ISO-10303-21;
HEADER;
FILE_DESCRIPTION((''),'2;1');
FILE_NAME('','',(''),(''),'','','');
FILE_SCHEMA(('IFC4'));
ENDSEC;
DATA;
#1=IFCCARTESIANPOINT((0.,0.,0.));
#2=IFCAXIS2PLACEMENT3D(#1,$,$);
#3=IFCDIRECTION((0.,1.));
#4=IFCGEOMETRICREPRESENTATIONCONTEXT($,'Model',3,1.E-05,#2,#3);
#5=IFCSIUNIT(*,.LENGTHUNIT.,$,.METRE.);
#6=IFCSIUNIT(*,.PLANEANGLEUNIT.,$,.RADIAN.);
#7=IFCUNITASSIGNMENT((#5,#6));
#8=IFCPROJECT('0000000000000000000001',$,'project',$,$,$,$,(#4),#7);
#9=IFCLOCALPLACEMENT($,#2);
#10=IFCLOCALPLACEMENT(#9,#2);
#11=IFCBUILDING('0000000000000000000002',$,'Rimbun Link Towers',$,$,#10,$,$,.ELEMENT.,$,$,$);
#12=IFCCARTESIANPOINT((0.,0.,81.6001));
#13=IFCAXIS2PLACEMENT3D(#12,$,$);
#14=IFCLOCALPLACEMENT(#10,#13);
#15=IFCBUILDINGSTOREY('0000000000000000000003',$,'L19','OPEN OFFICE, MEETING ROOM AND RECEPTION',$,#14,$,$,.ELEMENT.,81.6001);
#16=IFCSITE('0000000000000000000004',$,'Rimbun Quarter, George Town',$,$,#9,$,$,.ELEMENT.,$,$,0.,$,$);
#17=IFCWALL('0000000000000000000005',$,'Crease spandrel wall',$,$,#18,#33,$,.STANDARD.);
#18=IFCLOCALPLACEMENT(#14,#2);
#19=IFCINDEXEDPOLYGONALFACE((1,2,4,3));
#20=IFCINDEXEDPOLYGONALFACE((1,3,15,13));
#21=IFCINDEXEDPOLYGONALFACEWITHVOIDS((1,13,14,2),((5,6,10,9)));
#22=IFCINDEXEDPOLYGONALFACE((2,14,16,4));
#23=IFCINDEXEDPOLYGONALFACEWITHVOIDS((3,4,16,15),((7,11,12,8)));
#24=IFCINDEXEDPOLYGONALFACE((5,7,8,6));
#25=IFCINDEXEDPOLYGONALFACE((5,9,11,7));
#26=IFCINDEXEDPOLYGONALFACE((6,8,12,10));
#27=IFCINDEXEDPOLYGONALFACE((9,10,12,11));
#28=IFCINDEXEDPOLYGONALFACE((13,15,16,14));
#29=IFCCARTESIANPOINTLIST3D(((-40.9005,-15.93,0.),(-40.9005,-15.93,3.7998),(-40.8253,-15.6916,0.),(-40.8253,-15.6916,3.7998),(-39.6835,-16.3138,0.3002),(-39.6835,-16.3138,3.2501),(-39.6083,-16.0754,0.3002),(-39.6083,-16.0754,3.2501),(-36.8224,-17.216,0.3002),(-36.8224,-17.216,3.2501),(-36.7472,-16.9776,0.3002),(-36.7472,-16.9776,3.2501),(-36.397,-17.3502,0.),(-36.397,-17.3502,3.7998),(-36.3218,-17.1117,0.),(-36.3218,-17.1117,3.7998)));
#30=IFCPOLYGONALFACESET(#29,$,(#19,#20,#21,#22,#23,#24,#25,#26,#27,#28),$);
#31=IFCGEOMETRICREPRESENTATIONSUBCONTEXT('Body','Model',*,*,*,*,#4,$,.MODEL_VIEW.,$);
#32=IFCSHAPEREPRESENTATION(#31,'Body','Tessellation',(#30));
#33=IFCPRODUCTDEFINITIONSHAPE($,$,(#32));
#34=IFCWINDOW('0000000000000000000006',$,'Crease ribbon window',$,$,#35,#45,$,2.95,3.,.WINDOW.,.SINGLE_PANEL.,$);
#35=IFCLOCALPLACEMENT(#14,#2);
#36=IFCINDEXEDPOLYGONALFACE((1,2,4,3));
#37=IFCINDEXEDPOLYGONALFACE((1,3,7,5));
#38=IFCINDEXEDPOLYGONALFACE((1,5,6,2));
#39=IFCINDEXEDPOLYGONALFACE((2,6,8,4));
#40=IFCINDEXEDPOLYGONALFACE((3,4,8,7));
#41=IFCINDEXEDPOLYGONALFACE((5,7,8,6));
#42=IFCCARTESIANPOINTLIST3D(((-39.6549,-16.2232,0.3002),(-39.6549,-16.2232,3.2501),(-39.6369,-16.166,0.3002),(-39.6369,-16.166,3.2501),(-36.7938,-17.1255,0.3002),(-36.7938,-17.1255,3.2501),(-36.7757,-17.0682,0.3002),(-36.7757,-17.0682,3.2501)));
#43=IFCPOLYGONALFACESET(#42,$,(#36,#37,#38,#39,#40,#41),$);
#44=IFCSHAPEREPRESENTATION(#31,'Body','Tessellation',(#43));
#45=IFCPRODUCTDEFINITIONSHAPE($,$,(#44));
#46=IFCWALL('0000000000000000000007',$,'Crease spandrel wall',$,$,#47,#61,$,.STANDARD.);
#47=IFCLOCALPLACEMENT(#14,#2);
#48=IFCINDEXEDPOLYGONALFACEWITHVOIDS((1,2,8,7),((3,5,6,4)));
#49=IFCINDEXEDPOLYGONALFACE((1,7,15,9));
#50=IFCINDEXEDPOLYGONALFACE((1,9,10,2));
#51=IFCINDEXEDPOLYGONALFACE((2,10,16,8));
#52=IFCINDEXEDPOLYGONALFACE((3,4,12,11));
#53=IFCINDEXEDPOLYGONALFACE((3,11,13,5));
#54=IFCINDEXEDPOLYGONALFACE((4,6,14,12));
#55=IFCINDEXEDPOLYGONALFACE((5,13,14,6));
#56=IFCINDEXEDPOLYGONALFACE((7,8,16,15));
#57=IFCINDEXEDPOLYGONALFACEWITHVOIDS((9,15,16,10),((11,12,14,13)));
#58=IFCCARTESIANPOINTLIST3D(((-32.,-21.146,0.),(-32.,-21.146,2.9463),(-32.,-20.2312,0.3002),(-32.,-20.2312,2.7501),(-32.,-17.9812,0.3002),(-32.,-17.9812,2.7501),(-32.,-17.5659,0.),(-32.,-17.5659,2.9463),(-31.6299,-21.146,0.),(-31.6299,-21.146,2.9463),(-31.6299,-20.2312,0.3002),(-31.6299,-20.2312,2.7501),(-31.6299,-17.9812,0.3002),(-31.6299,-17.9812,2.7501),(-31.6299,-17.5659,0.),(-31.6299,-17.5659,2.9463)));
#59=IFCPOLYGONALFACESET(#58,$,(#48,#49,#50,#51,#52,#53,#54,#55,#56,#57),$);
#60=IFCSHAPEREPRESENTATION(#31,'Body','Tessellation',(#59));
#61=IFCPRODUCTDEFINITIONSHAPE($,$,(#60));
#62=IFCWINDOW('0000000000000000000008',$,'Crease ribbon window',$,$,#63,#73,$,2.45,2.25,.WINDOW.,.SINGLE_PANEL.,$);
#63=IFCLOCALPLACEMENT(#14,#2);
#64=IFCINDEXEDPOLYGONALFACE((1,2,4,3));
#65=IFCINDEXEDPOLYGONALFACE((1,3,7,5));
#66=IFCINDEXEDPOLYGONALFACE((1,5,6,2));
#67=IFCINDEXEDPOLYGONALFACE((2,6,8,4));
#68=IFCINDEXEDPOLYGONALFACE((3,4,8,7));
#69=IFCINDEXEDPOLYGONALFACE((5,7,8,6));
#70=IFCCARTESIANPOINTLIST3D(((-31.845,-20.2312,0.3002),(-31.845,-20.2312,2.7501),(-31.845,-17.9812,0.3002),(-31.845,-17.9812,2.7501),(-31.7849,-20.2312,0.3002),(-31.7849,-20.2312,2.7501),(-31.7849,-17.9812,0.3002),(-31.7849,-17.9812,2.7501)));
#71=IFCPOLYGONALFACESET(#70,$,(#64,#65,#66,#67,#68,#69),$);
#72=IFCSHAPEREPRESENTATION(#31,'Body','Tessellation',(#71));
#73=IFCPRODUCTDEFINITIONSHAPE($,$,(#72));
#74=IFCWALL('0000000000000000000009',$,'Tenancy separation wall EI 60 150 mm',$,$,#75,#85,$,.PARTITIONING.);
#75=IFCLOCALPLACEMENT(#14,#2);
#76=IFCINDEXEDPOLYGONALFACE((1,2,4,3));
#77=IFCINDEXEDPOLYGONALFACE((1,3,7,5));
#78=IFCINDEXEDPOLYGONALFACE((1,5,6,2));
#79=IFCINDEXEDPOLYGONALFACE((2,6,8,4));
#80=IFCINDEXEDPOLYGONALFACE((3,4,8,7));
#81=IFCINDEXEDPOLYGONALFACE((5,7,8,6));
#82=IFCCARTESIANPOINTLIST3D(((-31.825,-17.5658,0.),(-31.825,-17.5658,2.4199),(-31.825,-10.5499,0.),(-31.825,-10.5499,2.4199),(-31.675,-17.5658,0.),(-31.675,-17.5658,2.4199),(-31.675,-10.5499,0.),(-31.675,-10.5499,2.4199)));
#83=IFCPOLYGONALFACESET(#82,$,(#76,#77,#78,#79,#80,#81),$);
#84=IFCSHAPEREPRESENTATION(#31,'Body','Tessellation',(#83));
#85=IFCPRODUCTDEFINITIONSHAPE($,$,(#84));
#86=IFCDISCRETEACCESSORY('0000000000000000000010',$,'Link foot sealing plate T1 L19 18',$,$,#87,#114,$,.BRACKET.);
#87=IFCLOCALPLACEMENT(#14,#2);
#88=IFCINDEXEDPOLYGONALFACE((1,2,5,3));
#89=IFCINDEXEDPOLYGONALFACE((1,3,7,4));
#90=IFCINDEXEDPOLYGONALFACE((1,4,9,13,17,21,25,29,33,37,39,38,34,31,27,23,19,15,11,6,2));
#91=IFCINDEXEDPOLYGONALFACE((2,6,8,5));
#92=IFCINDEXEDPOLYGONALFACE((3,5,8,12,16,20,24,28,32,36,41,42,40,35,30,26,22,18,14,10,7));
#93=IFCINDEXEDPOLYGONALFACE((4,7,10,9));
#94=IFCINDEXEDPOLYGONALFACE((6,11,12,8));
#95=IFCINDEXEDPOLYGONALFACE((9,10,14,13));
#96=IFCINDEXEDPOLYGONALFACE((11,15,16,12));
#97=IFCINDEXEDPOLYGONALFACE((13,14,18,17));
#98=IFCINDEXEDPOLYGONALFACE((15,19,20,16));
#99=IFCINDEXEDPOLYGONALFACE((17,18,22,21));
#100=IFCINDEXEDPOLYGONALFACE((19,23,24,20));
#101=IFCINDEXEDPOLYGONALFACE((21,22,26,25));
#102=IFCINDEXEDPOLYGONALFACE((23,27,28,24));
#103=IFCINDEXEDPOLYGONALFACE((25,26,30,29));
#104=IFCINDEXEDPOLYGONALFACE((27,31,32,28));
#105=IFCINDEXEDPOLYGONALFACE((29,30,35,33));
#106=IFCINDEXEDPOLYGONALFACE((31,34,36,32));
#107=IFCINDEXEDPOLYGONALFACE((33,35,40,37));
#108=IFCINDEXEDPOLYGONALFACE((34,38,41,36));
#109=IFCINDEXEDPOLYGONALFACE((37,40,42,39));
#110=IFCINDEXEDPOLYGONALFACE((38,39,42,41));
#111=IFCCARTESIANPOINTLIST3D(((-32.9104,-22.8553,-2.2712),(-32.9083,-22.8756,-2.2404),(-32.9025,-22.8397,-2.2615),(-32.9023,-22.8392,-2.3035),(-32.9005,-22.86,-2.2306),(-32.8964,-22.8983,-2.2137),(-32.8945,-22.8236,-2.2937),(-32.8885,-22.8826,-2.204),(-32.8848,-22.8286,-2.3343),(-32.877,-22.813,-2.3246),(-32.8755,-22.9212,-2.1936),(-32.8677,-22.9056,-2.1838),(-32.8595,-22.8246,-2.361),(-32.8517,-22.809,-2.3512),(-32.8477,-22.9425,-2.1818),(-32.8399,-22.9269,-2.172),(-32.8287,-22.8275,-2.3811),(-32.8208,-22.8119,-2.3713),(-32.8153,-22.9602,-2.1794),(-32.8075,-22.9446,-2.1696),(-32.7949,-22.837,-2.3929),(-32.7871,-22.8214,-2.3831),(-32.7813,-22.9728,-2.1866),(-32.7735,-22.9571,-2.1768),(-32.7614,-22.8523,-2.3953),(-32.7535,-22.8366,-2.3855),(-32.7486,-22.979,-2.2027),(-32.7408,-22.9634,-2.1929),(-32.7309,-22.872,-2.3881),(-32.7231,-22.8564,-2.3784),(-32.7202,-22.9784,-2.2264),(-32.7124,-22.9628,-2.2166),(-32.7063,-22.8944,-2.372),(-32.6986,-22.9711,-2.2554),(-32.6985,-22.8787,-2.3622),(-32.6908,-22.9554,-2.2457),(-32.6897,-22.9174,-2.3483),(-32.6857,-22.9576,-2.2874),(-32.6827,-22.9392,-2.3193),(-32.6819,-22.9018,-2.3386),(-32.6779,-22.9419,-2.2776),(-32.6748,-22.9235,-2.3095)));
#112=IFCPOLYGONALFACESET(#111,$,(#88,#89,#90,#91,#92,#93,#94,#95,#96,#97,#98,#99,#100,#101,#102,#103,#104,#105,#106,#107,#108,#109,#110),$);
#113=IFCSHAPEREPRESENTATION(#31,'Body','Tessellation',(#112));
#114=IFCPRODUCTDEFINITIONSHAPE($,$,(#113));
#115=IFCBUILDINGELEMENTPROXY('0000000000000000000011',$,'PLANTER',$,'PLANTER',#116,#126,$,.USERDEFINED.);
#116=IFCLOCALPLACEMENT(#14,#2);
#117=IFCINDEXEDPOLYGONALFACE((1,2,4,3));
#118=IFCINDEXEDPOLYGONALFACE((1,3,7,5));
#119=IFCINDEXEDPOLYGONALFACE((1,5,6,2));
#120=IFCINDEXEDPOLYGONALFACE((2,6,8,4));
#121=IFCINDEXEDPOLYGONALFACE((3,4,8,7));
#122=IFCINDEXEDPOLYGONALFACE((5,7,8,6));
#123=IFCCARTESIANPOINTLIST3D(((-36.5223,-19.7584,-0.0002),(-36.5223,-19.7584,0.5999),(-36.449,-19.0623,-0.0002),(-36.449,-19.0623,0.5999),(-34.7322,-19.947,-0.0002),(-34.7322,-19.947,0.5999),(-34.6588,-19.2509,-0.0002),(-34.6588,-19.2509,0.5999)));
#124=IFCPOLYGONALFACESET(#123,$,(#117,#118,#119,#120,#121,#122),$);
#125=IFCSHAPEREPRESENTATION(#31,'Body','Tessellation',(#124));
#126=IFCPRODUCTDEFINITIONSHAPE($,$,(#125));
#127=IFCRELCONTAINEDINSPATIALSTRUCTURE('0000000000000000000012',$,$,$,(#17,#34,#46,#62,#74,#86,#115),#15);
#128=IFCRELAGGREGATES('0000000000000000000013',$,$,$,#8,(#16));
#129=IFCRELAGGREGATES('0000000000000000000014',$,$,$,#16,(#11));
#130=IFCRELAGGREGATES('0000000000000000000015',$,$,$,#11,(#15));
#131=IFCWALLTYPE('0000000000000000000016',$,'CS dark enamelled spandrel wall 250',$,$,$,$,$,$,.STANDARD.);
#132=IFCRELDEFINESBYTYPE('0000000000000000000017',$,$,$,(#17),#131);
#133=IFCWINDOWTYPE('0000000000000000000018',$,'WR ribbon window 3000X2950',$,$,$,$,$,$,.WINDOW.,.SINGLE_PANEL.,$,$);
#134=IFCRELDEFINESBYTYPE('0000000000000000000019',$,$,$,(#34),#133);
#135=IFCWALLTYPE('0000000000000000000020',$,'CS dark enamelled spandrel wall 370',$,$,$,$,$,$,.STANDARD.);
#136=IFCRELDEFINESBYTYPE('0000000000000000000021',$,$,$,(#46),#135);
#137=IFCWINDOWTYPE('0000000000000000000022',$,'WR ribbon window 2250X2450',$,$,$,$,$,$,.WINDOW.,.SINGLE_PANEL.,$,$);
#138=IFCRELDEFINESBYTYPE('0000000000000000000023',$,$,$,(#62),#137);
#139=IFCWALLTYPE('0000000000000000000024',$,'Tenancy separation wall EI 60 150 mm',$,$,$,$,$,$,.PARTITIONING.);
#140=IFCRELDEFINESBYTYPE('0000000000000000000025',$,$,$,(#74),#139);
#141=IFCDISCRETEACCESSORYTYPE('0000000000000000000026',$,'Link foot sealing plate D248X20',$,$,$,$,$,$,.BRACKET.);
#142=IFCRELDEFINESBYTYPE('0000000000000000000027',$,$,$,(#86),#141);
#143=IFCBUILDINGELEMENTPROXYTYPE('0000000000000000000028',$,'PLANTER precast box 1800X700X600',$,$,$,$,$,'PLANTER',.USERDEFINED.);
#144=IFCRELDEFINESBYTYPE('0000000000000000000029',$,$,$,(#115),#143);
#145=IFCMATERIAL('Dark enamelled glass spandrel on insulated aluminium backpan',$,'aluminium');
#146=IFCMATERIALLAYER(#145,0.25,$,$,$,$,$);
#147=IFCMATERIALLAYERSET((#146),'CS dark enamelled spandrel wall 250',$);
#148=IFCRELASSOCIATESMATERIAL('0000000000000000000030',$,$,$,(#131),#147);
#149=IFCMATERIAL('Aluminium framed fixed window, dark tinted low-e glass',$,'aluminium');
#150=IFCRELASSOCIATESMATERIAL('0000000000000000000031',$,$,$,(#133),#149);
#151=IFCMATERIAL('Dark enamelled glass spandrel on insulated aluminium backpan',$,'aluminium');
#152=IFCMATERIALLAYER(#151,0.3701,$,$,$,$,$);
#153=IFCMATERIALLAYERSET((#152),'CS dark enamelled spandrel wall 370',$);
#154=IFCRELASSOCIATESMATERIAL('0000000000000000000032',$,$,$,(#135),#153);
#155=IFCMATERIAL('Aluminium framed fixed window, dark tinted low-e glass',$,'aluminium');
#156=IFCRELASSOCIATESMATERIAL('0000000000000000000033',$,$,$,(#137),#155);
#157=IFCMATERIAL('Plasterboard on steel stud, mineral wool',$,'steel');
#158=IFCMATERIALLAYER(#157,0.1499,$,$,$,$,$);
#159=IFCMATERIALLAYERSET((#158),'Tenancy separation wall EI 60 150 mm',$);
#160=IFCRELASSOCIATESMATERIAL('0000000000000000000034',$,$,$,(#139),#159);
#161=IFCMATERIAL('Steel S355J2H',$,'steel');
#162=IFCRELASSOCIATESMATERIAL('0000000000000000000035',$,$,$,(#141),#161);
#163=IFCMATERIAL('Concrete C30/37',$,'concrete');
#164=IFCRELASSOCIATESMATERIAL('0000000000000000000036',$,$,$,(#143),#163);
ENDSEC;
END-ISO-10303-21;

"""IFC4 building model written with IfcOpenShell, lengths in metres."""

from ifc_helpers import new_model, si_unit, direction, frame, frame_2d, origin, origin_2d, place, context, subcontext, project, spatial, rectangle, circle, extrude, material, layer, layer_set, material_profile, profile_set, type_object, element, fill, save


model = new_model("IFC4")

# Units and contexts
model_context = context("Model", 3, precision=1e-05, world=origin(), true_north=direction((0.0, 1.0)))
body_context = subcontext(model_context, "Body", "Model", "MODEL_VIEW")
ifc_project = project(units=[si_unit("LENGTHUNIT", "METRE"), si_unit("PLANEANGLEUNIT", "RADIAN")], contexts=[model_context])

# Site, building, storey
site_placement = place(None, origin())
site = spatial("IfcSite", under=ifc_project, at=site_placement, Name="Rimbun Quarter, George Town", CompositionType="ELEMENT", RefElevation=0.0)
building_placement = place(site_placement, origin())
building = spatial("IfcBuilding", under=site, at=building_placement, Name="Rimbun Link Towers", CompositionType="ELEMENT")
storey_placement = place(building_placement, frame((0.0, 0.0, 81.6001)))
storey = spatial("IfcBuildingStorey", under=building, at=storey_placement, Name="L19", Description="OPEN OFFICE, MEETING ROOM AND RECEPTION", CompositionType="ELEMENT", Elevation=81.6001)

# Wall, opening, window
ifc_material_1 = material(Name="Dark enamelled glass spandrel on insulated aluminium backpan", Category="aluminium")
ifc_layer_1 = layer(ifc_material_1, 0.25)
ifc_layer_set_1 = layer_set([ifc_layer_1], Name="CS dark enamelled spandrel wall 250")
wall_type_1 = type_object("IfcWallType", Name="CS dark enamelled spandrel wall 250", PredefinedType="STANDARD", material=ifc_layer_set_1)
wall_1_placement = place(storey_placement, frame((-36.3594, -17.231, 0.0), z_axis=(0.0, 0.0, 1.0), x_axis=(-0.953707, 0.300738, 0.0)))
wall_1 = element("IfcWall", 1, at=wall_1_placement, inside=storey, type_object=wall_type_1, Name="Crease spandrel wall", PredefinedType="STANDARD", context=body_context, shape_type="SweptSolid", body=[
    extrude(rectangle(XDim=4.7222, YDim=0.25, at=frame_2d((2.3611, 0.0))), origin(), (0.0, 0.0, 1.0), 3.7998),
])
opening_1_placement = place(wall_1_placement, frame((0.446, 0.0, 0.3)))
opening_1 = element("IfcOpeningElement", 2, at=opening_1_placement, cuts=wall_1, PredefinedType="OPENING", context=body_context, shape_type="SweptSolid", body=[
    extrude(rectangle(XDim=3.0, YDim=2.95, at=frame_2d((1.5, 1.4751))), frame((0.0, 0.135, 0.0), z_axis=(0.0, -1.0, 0.0), x_axis=(1.0, 0.0, 0.0)), (0.0, 0.0, 1.0), 0.27),
])
ifc_material_2 = material(Name="Aluminium framed fixed window, dark tinted low-e glass", Category="aluminium")
window_type_1 = type_object("IfcWindowType", Name="WR ribbon window 3000X2950", PartitioningType="SINGLE_PANEL", PredefinedType="WINDOW", material=ifc_material_2)
window_1_placement = place(opening_1_placement, origin())
window_1 = element("IfcWindow", 3, at=window_1_placement, inside=storey, type_object=window_type_1, Name="Crease ribbon window", OverallHeight=2.95, OverallWidth=3.0, PartitioningType="SINGLE_PANEL", PredefinedType="WINDOW", context=body_context, shape_type="SweptSolid", body=[
    extrude(rectangle(XDim=3.0, YDim=2.95, at=frame_2d((1.5, 1.4751))), frame((0.0, 0.03, 0.0), z_axis=(0.0, -1.0, 0.0), x_axis=(1.0, 0.0, 0.0)), (0.0, 0.0, 1.0), 0.0601),
])
fill(opening_1, window_1)

# Wall, opening, window
ifc_material_3 = material(Name="Dark enamelled glass spandrel on insulated aluminium backpan", Category="aluminium")
ifc_layer_2 = layer(ifc_material_3, 0.3701)
ifc_layer_set_2 = layer_set([ifc_layer_2], Name="CS dark enamelled spandrel wall 370")
wall_type_2 = type_object("IfcWallType", Name="CS dark enamelled spandrel wall 370", PredefinedType="STANDARD", material=ifc_layer_set_2)
wall_2_placement = place(storey_placement, frame((-31.8149, -21.146, 0.0), z_axis=(0.0, 0.0, 1.0), x_axis=(0.0, 1.0, 0.0)))
wall_2 = element("IfcWall", 4, at=wall_2_placement, inside=storey, type_object=wall_type_2, Name="Crease spandrel wall", PredefinedType="STANDARD", context=body_context, shape_type="SweptSolid", body=[
    extrude(rectangle(XDim=3.5801, YDim=0.3701, at=frame_2d((1.79, 0.0))), origin(), (0.0, 0.0, 1.0), 2.9463),
])
opening_2_placement = place(wall_2_placement, frame((0.9148, 0.0, 0.3)))
opening_2 = element("IfcOpeningElement", 5, at=opening_2_placement, cuts=wall_2, PredefinedType="OPENING", context=body_context, shape_type="SweptSolid", body=[
    extrude(rectangle(XDim=2.25, YDim=2.45, at=frame_2d((1.125, 1.2251))), frame((0.0, 0.1951, 0.0), z_axis=(0.0, -1.0, 0.0), x_axis=(1.0, 0.0, 0.0)), (0.0, 0.0, 1.0), 0.3901),
])
ifc_material_4 = material(Name="Aluminium framed fixed window, dark tinted low-e glass", Category="aluminium")
window_type_2 = type_object("IfcWindowType", Name="WR ribbon window 2250X2450", PartitioningType="SINGLE_PANEL", PredefinedType="WINDOW", material=ifc_material_4)
window_2_placement = place(opening_2_placement, origin())
window_2 = element("IfcWindow", 6, at=window_2_placement, inside=storey, type_object=window_type_2, Name="Crease ribbon window", OverallHeight=2.45, OverallWidth=2.25, PartitioningType="SINGLE_PANEL", PredefinedType="WINDOW", context=body_context, shape_type="SweptSolid", body=[
    extrude(rectangle(XDim=2.25, YDim=2.45, at=frame_2d((1.125, 1.2251))), frame((0.0, 0.03, 0.0), z_axis=(0.0, -1.0, 0.0), x_axis=(1.0, 0.0, 0.0)), (0.0, 0.0, 1.0), 0.0601),
])
fill(opening_2, window_2)

# Wall
ifc_material_5 = material(Name="Plasterboard on steel stud, mineral wool", Category="steel")
ifc_layer_3 = layer(ifc_material_5, 0.1499)
ifc_layer_set_3 = layer_set([ifc_layer_3], Name="Tenancy separation wall EI 60 150 mm")
wall_type_3 = type_object("IfcWallType", Name="Tenancy separation wall EI 60 150 mm", PredefinedType="PARTITIONING", material=ifc_layer_set_3)
wall_3_placement = place(storey_placement, frame((-31.75, -10.55, 0.0), z_axis=(0.0, 0.0, 1.0), x_axis=(0.0, -1.0, 0.0)))
element("IfcWall", 7, at=wall_3_placement, inside=storey, type_object=wall_type_3, Name="Tenancy separation wall EI 60 150 mm", PredefinedType="PARTITIONING", context=body_context, shape_type="SweptSolid", body=[
    extrude(rectangle(XDim=7.0159, YDim=0.1499, at=frame_2d((3.5078, 0.0))), origin(), (0.0, 0.0, 1.0), 2.4199),
])

# Discrete accessory
ifc_material_6 = material(Name="Steel S355J2H", Category="steel")
ifc_material_profile_1 = material_profile(ifc_material_6, circle(Radius=0.124, at=origin_2d()), Name="PL D248")
ifc_profile_set_1 = profile_set([ifc_material_profile_1], Name="Steel S355J2H")
discrete_accessory_type = type_object("IfcDiscreteAccessoryType", Name="Link foot sealing plate D248X20", PredefinedType="BRACKET", material=ifc_profile_set_1)
discrete_accessory_placement = place(storey_placement, frame((-32.7888, -22.8865, -2.2776), z_axis=(-0.39036, -0.78072, -0.48795), x_axis=(0.894427, -0.447214, 0.0)))
element("IfcDiscreteAccessory", 8, at=discrete_accessory_placement, inside=storey, type_object=discrete_accessory_type, Name="Link foot sealing plate T1 L19 18", PredefinedType="BRACKET", context=body_context, shape_type="SweptSolid", body=[
    extrude(circle(Radius=0.124, at=origin_2d()), origin(), (0.0, 0.0, 1.0), 0.02),
])

# Building element proxy
ifc_material_7 = material(Name="Concrete C30/37", Category="concrete")
building_element_proxy_type = type_object("IfcBuildingElementProxyType", Name="PLANTER precast box 1800X700X600", ElementType="PLANTER", PredefinedType="USERDEFINED", material=ifc_material_7)
proxy_placement = place(storey_placement, frame((-35.5906, -19.5046, -0.0002), z_axis=(0.0, 0.0, 1.0), x_axis=(0.9945, -0.104736, 0.0)))
element("IfcBuildingElementProxy", 9, at=proxy_placement, inside=storey, type_object=building_element_proxy_type, Name="PLANTER", ObjectType="PLANTER", PredefinedType="USERDEFINED", context=body_context, shape_type="SweptSolid", body=[
    extrude(rectangle(XDim=1.8, YDim=0.7, at=origin_2d()), origin(), (0.0, 0.0, 1.0), 0.6001),
])

save(model, "model.ifc")
